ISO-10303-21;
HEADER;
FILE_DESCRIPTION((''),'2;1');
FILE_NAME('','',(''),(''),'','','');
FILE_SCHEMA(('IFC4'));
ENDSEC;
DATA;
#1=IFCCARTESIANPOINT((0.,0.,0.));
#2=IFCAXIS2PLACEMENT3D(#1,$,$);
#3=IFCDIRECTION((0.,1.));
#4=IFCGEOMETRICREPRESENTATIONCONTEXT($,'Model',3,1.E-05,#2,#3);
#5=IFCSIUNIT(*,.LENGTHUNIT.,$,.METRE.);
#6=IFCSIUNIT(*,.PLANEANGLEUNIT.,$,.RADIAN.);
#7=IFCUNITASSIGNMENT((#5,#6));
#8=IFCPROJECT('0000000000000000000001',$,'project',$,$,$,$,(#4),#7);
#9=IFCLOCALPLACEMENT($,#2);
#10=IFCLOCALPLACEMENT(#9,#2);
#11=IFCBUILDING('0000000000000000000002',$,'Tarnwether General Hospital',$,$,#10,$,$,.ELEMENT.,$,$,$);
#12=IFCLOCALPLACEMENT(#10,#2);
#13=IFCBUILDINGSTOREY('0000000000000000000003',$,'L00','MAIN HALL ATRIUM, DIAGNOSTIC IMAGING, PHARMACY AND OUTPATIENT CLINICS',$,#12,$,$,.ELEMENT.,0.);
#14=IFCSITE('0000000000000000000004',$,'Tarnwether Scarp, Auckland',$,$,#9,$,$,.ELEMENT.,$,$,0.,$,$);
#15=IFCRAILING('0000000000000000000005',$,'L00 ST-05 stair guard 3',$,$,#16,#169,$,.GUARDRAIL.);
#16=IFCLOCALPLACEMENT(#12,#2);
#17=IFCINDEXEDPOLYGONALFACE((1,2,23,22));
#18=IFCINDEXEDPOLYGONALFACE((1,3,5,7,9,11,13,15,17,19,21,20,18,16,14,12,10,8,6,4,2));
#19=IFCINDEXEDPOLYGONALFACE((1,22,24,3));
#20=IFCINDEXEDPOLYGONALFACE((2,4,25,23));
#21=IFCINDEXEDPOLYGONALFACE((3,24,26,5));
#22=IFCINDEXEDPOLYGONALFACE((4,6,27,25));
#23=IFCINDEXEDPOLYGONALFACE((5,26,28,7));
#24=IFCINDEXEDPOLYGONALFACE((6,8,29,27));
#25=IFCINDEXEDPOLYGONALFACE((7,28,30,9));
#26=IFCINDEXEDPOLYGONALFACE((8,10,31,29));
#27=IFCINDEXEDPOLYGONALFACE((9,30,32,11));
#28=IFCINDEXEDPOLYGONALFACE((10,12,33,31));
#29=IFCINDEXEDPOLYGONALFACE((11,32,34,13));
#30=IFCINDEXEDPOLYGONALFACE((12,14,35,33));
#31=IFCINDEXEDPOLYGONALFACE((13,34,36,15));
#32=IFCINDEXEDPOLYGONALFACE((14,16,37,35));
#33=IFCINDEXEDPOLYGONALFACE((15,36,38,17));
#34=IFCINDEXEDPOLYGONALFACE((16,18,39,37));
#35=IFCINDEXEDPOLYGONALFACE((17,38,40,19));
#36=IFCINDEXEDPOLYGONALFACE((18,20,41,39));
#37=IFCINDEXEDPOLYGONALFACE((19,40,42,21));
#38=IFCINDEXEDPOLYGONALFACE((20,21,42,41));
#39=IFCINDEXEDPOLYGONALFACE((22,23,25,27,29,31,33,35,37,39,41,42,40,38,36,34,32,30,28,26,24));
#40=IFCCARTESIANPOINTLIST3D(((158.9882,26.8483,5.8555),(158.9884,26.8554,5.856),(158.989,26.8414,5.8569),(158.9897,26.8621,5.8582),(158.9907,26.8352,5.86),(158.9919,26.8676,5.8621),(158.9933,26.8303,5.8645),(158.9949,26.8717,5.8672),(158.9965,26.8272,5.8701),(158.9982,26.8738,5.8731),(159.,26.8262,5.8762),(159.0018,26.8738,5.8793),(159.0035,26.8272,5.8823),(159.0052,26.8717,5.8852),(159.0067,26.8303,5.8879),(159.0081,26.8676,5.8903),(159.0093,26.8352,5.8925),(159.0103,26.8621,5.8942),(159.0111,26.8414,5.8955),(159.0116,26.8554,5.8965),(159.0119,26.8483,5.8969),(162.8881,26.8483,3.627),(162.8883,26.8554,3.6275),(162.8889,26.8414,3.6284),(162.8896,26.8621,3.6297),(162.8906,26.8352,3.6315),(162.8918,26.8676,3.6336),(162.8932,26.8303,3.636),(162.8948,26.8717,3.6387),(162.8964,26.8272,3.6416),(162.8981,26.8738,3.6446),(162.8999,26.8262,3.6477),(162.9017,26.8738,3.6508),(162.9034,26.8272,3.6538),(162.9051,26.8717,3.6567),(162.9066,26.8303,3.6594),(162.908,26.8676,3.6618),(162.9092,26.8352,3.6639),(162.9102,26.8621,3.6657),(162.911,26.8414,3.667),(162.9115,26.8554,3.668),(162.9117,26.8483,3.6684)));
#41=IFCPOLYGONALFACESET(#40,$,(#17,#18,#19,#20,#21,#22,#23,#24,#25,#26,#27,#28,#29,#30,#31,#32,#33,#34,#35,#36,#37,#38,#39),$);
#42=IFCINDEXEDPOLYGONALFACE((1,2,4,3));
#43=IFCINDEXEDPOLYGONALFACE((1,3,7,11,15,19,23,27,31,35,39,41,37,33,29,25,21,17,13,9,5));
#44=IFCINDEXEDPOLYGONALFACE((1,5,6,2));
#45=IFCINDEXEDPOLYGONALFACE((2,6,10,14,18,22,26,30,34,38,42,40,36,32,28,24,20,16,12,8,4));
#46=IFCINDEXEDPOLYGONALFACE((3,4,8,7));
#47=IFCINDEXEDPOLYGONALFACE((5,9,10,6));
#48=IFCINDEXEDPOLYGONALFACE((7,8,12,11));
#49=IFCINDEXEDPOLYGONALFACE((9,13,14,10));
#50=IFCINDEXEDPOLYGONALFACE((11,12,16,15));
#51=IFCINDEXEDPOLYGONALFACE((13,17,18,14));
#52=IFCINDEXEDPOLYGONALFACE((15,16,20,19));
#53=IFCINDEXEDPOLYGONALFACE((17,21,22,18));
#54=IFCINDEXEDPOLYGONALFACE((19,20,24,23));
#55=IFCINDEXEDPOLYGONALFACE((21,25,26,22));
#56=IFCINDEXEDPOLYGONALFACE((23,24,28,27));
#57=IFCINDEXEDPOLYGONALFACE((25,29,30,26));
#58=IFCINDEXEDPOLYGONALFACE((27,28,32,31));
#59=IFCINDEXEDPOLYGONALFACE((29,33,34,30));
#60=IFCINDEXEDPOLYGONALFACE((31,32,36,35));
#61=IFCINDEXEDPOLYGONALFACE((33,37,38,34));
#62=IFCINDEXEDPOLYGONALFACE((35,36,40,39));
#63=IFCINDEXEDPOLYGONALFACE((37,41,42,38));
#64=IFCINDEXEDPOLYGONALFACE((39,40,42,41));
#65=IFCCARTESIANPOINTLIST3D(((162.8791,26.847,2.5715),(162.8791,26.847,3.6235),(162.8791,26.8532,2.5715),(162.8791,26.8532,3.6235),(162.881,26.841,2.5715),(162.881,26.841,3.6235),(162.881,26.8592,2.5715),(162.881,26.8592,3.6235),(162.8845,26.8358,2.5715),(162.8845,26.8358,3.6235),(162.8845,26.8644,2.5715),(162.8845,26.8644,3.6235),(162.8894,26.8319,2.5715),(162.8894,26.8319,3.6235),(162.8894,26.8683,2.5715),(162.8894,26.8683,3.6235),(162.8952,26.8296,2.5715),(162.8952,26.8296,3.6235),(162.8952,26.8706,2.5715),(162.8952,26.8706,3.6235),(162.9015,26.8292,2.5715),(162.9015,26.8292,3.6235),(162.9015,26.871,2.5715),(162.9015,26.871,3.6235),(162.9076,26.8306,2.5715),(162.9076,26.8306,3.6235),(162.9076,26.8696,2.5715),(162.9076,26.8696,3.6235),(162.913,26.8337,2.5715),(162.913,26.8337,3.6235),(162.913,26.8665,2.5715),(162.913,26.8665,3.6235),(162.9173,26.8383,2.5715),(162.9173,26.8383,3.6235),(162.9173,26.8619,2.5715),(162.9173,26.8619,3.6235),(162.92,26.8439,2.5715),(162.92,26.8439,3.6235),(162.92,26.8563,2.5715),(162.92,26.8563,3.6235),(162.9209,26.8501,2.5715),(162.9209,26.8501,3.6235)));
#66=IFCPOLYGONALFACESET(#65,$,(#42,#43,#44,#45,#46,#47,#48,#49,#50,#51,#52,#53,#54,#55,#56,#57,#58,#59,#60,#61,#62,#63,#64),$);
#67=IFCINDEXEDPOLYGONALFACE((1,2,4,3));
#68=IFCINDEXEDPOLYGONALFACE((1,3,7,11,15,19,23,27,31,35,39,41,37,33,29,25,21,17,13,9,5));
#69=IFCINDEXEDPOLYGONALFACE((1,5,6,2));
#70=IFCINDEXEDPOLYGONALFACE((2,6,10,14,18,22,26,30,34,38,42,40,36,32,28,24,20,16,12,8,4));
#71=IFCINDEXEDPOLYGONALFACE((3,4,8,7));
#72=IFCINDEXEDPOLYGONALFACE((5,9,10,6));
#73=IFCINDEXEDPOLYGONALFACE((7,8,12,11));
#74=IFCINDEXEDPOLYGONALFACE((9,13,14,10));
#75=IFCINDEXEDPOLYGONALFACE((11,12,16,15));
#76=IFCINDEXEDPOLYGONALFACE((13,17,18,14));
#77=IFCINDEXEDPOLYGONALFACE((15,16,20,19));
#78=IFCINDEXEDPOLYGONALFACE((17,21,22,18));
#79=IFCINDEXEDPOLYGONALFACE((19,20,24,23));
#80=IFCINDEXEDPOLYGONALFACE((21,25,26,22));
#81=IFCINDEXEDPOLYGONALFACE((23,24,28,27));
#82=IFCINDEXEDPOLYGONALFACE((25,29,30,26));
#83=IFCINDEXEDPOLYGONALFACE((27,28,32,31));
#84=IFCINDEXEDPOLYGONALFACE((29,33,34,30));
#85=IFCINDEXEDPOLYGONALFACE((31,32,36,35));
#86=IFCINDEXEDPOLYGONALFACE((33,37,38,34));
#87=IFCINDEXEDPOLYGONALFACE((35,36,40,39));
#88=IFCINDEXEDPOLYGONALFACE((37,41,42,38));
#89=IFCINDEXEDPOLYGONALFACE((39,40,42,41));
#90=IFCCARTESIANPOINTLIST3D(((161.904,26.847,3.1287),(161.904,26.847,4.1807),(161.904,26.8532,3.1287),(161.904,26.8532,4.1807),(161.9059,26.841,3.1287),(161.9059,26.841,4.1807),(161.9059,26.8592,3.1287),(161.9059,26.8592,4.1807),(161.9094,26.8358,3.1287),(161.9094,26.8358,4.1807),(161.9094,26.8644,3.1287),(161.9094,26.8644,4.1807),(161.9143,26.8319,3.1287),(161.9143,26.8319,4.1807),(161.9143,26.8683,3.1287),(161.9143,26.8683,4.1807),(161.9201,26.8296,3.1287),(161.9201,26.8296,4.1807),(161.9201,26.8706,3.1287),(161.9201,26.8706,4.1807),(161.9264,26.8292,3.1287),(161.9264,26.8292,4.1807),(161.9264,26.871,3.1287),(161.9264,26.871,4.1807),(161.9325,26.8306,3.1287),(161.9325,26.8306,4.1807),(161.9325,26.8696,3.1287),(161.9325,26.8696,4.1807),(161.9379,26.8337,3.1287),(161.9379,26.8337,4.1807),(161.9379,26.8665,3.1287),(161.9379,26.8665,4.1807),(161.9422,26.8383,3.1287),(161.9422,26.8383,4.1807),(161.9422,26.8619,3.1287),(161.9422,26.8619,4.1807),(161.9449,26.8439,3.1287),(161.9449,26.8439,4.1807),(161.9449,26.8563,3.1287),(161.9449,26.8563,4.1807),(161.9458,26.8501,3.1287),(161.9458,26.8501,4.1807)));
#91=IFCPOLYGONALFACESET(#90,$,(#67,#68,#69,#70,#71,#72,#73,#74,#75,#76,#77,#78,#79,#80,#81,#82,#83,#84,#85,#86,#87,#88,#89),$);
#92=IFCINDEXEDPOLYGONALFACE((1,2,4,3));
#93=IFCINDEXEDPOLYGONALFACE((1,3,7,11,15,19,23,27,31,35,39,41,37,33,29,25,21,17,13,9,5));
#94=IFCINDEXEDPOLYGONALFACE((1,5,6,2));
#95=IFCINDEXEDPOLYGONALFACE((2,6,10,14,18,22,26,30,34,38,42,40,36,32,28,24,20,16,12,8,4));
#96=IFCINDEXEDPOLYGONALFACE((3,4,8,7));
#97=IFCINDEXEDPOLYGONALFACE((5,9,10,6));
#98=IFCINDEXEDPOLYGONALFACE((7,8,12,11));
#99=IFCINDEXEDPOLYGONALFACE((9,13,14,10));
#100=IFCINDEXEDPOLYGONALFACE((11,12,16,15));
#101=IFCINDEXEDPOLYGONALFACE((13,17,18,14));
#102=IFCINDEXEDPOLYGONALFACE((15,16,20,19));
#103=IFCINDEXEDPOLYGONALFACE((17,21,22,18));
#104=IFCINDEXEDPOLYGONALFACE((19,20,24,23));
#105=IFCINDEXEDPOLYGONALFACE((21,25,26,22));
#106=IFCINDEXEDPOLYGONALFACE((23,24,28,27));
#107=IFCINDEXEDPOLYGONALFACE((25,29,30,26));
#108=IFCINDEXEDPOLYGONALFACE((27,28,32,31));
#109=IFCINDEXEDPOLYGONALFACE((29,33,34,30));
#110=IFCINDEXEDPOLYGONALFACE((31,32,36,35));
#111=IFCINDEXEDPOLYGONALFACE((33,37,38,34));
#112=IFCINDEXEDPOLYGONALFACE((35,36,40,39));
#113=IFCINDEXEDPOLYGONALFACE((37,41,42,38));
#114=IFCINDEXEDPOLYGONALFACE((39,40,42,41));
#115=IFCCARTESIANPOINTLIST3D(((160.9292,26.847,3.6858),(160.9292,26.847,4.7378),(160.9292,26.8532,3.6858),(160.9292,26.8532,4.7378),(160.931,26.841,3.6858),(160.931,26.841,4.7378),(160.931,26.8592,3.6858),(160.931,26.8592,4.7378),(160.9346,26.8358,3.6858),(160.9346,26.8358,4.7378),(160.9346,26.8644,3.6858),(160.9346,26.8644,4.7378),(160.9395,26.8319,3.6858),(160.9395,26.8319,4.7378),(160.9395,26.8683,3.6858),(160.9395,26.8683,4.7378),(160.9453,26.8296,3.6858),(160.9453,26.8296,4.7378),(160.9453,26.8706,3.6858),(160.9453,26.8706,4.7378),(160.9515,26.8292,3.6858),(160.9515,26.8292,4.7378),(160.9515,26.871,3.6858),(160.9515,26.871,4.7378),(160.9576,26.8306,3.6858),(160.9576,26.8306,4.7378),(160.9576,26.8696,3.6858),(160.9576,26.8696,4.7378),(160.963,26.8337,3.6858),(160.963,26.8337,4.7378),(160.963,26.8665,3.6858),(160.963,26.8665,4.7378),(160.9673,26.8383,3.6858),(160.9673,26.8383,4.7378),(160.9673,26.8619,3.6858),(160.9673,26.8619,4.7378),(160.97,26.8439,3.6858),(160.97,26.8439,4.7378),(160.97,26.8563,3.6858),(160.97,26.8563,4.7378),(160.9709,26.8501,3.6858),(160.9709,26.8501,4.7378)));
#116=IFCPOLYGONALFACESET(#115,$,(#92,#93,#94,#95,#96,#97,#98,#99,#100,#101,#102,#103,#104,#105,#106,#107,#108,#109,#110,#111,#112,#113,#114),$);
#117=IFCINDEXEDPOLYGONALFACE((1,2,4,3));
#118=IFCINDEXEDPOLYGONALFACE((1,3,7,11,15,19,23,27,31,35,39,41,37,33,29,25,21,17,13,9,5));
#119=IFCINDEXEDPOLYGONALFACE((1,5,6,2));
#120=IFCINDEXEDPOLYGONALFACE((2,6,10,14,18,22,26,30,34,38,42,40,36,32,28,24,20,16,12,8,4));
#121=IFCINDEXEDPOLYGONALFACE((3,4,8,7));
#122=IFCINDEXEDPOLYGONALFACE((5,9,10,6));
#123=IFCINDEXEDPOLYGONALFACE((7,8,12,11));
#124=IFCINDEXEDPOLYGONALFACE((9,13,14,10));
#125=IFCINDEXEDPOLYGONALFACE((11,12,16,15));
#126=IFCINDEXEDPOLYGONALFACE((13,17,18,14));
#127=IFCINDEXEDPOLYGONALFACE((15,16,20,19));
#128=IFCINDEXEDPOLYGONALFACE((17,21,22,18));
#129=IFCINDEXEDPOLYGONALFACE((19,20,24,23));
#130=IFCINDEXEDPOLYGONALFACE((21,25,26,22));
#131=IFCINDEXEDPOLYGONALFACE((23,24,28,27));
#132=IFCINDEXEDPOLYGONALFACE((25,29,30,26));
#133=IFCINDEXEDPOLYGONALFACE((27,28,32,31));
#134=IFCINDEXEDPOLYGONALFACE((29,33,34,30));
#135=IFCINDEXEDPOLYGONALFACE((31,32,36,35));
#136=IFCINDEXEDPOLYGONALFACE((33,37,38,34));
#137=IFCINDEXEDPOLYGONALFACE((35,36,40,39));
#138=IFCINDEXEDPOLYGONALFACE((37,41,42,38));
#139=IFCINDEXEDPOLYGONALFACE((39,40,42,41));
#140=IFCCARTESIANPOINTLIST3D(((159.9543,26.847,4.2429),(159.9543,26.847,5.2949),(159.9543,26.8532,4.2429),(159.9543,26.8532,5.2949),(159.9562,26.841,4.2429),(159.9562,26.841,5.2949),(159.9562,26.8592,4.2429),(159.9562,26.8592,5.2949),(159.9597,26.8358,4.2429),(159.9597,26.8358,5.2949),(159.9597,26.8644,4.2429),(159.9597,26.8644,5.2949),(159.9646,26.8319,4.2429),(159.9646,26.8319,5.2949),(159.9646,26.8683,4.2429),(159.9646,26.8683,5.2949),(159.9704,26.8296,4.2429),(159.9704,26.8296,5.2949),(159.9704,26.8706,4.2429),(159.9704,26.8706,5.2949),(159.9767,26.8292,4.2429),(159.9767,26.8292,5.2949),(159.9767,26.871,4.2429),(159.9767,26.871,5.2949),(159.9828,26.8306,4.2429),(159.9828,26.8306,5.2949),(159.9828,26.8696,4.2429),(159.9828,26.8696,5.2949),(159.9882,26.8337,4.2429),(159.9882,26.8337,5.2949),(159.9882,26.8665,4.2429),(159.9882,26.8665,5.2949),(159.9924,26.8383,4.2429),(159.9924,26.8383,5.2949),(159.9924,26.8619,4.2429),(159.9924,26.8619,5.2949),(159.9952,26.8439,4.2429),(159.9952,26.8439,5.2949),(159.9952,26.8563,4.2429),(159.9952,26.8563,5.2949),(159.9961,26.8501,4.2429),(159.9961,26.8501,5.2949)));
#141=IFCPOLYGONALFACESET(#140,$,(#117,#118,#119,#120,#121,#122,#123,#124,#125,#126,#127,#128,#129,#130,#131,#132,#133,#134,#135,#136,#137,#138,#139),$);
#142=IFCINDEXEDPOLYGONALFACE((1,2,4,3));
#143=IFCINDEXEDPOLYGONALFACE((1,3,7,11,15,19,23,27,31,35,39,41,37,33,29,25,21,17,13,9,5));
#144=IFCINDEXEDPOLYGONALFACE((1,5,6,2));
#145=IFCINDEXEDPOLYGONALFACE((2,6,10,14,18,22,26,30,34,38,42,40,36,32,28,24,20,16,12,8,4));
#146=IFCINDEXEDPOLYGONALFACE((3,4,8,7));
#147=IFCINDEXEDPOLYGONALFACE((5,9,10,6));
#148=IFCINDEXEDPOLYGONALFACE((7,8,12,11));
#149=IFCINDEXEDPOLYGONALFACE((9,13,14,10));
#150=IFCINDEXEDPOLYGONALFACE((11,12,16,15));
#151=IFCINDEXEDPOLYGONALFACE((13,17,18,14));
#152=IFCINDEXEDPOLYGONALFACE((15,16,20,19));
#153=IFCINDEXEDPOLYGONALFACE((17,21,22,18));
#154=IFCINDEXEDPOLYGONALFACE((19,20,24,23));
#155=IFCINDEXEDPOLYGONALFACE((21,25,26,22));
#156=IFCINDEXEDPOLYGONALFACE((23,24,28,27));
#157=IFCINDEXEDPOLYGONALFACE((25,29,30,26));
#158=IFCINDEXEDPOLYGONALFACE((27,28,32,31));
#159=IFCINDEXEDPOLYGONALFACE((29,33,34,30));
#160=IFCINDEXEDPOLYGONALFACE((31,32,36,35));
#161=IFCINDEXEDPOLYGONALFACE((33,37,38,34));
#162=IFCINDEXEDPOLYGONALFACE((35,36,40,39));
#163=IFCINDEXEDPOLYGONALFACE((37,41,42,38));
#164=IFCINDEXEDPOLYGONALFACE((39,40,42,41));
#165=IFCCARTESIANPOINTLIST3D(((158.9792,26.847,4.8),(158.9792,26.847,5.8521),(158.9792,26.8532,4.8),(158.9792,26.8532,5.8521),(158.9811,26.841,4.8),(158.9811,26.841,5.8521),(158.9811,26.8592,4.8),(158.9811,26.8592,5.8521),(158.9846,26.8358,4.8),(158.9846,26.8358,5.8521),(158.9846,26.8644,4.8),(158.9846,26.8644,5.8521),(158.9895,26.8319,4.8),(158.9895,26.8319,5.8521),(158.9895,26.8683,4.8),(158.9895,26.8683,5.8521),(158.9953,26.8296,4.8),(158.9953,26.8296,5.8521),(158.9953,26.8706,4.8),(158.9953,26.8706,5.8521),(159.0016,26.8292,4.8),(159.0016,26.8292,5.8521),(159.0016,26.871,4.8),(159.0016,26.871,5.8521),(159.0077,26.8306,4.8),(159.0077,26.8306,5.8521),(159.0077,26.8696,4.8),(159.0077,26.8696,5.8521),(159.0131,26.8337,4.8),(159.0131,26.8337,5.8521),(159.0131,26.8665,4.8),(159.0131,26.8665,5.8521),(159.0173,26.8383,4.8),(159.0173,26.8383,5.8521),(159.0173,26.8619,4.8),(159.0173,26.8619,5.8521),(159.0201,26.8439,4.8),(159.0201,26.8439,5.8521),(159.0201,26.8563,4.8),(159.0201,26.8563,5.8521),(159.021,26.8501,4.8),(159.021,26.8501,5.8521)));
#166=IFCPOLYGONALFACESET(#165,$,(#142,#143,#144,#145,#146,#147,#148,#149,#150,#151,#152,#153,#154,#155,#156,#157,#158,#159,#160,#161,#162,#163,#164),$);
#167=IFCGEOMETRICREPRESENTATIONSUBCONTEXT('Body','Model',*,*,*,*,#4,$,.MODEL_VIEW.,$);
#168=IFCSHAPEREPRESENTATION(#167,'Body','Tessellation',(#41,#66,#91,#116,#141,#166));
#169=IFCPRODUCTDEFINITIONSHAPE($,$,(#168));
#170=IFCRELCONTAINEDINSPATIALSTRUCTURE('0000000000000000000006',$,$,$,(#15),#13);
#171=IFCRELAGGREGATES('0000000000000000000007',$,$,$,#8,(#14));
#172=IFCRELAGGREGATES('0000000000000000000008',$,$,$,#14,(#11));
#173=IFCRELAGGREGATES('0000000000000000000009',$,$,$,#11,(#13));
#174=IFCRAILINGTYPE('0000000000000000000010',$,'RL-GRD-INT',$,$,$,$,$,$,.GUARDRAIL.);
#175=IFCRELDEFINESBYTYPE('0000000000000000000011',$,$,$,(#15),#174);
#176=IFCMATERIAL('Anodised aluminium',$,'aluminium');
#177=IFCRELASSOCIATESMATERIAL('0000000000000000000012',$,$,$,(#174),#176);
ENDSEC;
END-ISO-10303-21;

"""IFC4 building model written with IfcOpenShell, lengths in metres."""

from ifc_helpers import new_model, si_unit, direction, frame, origin, origin_2d, place, context, subcontext, project, spatial, circle, extrude, material, type_object, element, save


model = new_model("IFC4")

# Units and contexts
model_context = context("Model", 3, precision=1e-05, world=origin(), true_north=direction((0.0, 1.0)))
body_context = subcontext(model_context, "Body", "Model", "MODEL_VIEW")
ifc_project = project(units=[si_unit("LENGTHUNIT", "METRE"), si_unit("PLANEANGLEUNIT", "RADIAN")], contexts=[model_context])

# Site, building, storey
site_placement = place(None, origin())
site = spatial("IfcSite", under=ifc_project, at=site_placement, Name="Tarnwether Scarp, Auckland", CompositionType="ELEMENT", RefElevation=0.0)
building_placement = place(site_placement, origin())
building = spatial("IfcBuilding", under=site, at=building_placement, Name="Tarnwether General Hospital", CompositionType="ELEMENT")
storey_placement = place(building_placement, origin())
storey = spatial("IfcBuildingStorey", under=building, at=storey_placement, Name="L00", Description="MAIN HALL ATRIUM, DIAGNOSTIC IMAGING, PHARMACY AND OUTPATIENT CLINICS", CompositionType="ELEMENT", Elevation=0.0)

# Railing
ifc_material_1 = material(Name="Anodised aluminium", Category="aluminium")
railing_type_1 = type_object("IfcRailingType", Name="RL-GRD-INT", PredefinedType="GUARDRAIL", material=ifc_material_1)
railing_1_placement = place(storey_placement, frame((162.8999, 26.8501, 2.5715)))
element("IfcRailing", 1, at=railing_1_placement, inside=storey, type_object=railing_type_1, Name="L00 ST-05 stair guard 3", PredefinedType="GUARDRAIL", context=body_context, shape_type="SweptSolid", body=[
    extrude(circle(Radius=0.0239, at=origin_2d()), frame((0.0, 0.0, 1.0762), z_axis=(-0.868243, 0.0, 0.496139), x_axis=(0.0, -1.0, 0.0)), (0.0, 0.0, 1.0), 4.4917),
    extrude(circle(Radius=0.021, at=origin_2d()), origin(), (0.0, 0.0, 1.0), 1.052),
    extrude(circle(Radius=0.021, at=origin_2d()), frame((-0.9751, 0.0, 0.5571)), (0.0, 0.0, 1.0), 1.052),
    extrude(circle(Radius=0.021, at=origin_2d()), frame((-1.95, 0.0, 1.1143)), (0.0, 0.0, 1.0), 1.052),
    extrude(circle(Radius=0.021, at=origin_2d()), frame((-2.9248, 0.0, 1.6714)), (0.0, 0.0, 1.0), 1.052),
    extrude(circle(Radius=0.021, at=origin_2d()), frame((-3.8999, 0.0, 2.2285)), (0.0, 0.0, 1.0), 1.052),
])

save(model, "model.ifc")
